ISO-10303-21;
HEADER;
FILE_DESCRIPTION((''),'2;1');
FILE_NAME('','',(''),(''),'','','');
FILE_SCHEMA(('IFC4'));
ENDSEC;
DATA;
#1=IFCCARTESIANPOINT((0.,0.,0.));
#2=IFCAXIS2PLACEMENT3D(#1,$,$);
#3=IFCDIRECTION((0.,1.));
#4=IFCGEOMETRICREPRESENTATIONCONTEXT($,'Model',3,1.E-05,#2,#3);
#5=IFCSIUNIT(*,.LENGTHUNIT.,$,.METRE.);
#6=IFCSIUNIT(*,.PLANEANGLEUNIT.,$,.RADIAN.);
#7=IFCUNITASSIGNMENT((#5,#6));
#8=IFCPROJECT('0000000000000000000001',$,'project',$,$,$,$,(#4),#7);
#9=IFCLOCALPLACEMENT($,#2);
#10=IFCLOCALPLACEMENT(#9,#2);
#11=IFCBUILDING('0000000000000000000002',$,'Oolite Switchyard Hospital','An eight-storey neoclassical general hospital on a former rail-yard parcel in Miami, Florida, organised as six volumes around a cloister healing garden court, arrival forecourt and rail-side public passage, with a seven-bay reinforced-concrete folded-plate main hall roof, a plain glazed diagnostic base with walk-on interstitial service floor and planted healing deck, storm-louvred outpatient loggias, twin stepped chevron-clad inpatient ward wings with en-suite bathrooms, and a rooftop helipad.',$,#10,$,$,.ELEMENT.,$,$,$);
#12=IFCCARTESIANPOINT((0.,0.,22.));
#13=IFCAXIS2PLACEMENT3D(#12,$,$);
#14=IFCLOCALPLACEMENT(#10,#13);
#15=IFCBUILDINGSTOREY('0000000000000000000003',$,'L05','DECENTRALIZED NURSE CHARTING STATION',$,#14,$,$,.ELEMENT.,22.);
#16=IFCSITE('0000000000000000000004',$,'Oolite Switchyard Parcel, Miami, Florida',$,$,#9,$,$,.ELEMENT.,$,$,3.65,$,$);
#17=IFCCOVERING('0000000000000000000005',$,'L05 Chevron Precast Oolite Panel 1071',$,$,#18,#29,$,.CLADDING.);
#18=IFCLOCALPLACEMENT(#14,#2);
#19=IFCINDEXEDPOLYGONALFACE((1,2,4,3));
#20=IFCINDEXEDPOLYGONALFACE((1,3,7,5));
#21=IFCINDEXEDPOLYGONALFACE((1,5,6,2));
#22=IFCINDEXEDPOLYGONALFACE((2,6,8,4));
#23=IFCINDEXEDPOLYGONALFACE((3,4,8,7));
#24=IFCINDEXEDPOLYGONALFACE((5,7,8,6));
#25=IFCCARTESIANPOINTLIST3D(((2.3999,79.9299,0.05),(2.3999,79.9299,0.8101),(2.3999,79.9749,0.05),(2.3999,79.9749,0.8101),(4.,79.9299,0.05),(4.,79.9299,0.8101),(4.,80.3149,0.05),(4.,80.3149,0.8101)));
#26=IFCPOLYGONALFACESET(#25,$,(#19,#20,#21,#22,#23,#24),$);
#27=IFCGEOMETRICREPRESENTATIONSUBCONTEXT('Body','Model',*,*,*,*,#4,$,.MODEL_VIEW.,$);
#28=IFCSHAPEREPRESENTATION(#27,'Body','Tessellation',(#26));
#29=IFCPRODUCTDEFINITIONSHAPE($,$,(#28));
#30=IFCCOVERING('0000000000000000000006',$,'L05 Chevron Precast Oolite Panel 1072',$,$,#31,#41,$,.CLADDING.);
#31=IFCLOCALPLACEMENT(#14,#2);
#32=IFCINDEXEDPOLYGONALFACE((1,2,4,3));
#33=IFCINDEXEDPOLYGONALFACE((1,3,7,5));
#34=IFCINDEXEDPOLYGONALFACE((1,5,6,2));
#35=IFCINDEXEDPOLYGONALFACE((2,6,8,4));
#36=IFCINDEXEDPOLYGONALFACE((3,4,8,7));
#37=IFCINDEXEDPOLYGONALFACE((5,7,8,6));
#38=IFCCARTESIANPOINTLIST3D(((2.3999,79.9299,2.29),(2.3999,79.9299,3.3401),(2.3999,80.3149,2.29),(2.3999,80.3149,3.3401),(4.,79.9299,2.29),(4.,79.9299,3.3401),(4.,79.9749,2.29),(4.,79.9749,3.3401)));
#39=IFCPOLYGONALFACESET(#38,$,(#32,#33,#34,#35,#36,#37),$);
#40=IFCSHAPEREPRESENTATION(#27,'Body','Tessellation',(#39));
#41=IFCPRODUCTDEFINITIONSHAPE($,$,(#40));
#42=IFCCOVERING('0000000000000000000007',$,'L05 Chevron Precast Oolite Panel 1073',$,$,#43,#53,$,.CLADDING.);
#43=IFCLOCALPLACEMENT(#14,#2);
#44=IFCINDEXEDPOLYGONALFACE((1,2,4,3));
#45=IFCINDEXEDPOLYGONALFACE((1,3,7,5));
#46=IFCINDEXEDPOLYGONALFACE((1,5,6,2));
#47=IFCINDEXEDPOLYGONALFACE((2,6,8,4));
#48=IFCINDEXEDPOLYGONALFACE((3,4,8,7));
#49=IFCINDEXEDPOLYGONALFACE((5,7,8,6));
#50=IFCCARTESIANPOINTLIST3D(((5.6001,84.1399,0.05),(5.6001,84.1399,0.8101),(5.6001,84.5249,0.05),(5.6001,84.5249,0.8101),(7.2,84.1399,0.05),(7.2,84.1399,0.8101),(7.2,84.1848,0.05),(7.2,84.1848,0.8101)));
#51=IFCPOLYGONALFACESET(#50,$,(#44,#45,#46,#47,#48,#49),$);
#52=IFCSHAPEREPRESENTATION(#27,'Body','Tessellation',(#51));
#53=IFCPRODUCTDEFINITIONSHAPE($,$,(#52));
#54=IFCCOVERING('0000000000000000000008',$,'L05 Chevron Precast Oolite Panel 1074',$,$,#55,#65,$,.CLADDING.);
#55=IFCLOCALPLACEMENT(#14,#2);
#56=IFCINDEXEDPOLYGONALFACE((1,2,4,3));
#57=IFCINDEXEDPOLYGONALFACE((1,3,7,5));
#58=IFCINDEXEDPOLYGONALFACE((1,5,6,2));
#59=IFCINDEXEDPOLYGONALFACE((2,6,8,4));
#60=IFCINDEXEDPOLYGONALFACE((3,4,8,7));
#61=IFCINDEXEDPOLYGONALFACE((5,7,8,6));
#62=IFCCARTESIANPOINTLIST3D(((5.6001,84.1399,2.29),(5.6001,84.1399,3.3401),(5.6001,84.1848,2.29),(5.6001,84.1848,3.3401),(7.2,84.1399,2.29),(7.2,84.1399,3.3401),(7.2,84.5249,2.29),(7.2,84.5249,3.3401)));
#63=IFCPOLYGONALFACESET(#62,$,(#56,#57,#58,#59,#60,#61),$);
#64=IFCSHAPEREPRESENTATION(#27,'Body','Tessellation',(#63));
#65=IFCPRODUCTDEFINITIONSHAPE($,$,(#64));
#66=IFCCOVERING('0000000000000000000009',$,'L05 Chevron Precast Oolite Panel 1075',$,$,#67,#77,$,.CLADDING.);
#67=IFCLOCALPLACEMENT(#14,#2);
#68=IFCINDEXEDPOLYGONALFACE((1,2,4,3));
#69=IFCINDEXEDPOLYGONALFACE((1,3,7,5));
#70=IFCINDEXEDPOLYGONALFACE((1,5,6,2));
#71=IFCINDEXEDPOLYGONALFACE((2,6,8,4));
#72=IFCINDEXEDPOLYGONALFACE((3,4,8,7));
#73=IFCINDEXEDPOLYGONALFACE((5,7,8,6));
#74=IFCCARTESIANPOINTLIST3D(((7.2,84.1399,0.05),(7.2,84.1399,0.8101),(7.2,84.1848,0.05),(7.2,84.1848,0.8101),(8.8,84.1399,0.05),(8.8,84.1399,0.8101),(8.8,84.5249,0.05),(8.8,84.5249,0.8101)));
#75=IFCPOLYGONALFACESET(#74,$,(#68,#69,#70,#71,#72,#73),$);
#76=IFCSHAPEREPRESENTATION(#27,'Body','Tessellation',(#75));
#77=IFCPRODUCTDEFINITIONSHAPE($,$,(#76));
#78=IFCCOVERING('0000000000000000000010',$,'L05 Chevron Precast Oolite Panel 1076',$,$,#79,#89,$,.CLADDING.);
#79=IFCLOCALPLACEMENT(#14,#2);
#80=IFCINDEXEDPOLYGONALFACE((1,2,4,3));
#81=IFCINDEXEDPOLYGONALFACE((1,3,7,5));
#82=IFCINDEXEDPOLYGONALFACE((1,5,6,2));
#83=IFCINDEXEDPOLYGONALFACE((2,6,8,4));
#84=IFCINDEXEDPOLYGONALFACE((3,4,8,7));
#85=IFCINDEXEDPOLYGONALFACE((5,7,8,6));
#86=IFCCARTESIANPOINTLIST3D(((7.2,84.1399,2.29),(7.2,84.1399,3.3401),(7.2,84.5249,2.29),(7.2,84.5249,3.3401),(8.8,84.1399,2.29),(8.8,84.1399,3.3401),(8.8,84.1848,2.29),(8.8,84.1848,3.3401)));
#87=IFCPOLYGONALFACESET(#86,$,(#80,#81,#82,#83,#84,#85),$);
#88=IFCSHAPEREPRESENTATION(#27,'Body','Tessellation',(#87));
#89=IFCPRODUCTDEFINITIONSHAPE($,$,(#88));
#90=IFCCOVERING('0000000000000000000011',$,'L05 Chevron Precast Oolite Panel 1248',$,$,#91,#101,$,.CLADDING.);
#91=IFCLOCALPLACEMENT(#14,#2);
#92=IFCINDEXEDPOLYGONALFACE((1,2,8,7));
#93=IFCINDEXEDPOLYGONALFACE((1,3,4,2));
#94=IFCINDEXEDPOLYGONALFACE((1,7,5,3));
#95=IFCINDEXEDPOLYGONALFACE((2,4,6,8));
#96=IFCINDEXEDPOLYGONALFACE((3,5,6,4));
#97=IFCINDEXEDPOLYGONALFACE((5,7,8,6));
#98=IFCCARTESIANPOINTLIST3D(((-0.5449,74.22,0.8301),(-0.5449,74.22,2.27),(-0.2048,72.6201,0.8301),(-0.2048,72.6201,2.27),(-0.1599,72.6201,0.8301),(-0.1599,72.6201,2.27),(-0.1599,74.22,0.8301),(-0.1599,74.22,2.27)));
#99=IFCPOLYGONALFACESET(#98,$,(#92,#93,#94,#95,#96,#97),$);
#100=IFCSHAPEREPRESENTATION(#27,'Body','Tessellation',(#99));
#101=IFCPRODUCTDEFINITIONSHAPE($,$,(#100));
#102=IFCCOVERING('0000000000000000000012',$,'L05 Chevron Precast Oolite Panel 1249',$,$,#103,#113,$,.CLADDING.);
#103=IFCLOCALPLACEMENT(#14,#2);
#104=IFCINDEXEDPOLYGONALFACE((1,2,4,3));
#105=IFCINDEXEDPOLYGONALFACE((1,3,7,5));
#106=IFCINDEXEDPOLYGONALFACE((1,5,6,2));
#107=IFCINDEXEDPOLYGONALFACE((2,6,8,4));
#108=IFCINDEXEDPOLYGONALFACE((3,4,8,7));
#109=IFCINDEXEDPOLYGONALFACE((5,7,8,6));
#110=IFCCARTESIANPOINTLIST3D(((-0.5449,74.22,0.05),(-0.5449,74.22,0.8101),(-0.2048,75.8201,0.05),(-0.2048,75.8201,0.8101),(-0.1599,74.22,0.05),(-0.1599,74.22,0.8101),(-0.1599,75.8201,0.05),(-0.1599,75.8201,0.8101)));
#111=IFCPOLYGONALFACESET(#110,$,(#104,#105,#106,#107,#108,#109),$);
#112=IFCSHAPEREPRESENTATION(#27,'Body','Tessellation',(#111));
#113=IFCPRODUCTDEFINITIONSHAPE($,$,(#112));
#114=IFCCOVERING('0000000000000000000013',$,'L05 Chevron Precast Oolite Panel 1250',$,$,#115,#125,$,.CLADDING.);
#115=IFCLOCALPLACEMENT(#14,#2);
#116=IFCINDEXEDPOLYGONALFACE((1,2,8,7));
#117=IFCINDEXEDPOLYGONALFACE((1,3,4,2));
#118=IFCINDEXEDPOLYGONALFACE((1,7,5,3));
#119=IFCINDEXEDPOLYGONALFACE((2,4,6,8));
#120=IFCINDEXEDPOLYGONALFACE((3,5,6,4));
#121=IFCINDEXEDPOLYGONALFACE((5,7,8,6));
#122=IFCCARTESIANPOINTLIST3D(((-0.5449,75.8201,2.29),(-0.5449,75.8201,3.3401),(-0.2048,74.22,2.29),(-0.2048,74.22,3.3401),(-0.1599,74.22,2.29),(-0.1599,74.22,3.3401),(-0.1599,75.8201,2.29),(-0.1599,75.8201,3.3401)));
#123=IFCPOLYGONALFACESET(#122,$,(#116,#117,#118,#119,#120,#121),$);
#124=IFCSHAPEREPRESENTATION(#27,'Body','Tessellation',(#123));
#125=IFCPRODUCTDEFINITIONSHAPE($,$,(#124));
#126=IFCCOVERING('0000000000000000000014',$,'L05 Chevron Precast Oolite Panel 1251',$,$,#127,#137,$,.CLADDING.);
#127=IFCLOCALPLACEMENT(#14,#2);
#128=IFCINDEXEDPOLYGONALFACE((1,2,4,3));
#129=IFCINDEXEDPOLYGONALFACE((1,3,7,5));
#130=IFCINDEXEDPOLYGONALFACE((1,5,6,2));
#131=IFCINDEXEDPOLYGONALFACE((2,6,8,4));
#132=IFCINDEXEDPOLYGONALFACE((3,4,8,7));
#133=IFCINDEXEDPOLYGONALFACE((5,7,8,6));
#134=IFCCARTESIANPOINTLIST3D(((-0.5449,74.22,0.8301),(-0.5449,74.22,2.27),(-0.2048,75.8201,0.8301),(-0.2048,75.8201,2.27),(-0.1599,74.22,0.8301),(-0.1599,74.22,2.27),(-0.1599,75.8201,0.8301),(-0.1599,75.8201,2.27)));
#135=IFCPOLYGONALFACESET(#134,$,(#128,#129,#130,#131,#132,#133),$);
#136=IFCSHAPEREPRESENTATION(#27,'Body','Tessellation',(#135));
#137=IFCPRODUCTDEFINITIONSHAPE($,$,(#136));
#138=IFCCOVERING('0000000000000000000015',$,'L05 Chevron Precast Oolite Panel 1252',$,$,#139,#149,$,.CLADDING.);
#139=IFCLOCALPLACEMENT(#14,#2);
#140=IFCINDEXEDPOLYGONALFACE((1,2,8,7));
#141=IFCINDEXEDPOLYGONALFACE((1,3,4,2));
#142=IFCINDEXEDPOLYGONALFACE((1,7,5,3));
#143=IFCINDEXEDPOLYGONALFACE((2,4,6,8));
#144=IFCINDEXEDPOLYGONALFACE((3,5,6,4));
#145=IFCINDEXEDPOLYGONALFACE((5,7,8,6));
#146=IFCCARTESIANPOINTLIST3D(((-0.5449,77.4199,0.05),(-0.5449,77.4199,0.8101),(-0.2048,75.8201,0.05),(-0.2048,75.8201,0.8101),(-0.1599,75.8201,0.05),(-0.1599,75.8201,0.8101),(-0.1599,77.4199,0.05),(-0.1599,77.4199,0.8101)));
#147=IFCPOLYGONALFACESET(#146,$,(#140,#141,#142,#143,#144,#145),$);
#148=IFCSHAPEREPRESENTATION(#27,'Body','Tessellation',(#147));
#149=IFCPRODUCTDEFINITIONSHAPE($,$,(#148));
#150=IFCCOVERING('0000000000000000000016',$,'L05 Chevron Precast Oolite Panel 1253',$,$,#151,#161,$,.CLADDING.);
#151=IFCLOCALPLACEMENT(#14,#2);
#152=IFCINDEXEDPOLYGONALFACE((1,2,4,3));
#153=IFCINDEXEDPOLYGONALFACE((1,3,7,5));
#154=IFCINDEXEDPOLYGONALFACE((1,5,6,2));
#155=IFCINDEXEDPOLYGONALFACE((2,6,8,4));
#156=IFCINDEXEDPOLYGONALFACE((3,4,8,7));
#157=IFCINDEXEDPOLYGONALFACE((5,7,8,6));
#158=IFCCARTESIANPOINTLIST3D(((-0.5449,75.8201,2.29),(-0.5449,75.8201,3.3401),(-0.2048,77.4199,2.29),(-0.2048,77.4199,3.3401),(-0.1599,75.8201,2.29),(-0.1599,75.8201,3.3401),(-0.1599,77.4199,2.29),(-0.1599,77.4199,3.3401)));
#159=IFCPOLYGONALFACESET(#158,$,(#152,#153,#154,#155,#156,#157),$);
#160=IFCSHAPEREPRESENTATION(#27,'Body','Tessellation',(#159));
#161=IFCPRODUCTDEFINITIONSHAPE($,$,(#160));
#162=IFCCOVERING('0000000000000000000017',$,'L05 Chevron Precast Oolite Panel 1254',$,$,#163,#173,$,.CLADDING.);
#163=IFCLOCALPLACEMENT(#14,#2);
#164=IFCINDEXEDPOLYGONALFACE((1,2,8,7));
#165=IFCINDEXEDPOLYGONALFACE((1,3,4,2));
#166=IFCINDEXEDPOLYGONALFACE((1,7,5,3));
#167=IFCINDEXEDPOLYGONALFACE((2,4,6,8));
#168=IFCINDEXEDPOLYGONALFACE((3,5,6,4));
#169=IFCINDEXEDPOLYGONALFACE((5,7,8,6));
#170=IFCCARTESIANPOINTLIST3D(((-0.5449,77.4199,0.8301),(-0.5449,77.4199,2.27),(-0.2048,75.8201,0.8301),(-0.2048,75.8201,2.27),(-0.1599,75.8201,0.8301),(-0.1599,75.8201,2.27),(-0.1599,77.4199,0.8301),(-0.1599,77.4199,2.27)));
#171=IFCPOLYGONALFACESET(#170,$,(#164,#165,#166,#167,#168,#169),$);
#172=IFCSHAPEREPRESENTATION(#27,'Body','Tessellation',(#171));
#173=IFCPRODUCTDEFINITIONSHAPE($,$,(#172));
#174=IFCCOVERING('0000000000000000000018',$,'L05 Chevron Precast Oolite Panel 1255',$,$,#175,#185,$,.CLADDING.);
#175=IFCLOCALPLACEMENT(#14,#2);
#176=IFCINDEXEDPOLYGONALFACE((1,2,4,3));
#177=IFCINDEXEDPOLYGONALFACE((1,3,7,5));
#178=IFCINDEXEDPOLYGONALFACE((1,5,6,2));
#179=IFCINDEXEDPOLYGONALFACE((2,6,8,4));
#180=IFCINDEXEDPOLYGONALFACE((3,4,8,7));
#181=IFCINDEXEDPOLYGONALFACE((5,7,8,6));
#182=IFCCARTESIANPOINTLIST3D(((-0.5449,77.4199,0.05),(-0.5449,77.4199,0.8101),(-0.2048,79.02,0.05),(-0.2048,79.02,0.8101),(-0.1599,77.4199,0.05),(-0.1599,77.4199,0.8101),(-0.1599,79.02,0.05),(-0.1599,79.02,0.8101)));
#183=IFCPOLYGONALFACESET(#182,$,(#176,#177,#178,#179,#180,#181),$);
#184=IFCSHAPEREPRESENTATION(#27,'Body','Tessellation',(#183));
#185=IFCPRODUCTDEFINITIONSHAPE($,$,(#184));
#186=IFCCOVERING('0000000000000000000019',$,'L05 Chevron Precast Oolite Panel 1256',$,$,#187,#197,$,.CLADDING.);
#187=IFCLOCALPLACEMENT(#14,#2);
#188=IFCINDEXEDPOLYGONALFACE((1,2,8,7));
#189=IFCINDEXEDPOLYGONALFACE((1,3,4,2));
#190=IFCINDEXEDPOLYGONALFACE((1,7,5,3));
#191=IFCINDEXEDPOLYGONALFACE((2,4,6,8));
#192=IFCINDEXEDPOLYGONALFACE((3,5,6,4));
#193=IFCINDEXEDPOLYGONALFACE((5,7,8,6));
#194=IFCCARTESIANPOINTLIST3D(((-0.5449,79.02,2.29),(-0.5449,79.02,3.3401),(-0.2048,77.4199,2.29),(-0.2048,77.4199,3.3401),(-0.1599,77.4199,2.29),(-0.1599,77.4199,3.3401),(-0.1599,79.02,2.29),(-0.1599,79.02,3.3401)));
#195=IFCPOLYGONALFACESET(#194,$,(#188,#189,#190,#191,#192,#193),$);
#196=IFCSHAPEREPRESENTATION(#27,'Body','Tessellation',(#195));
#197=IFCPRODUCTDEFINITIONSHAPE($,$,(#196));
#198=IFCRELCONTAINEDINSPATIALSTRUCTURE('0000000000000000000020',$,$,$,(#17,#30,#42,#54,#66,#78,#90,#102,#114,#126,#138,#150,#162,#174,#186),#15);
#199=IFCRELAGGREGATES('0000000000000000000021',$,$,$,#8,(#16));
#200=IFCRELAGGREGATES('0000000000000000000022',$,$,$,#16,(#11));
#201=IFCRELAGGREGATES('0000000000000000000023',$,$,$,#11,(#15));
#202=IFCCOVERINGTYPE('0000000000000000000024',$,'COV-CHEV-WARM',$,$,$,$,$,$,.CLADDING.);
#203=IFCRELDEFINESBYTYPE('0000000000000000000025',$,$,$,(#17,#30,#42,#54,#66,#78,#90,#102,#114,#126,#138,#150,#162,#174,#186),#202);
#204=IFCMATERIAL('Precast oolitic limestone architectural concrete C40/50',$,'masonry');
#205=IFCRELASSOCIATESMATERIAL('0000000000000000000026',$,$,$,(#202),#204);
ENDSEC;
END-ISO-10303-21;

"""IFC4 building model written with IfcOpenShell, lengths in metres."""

from ifc_helpers import new_model, si_unit, direction, frame, origin, place, context, subcontext, project, spatial, polyline, outline, extrude, material, type_object, element, save


model = new_model("IFC4")

# Units and contexts
model_context = context("Model", 3, precision=1e-05, world=origin(), true_north=direction((0.0, 1.0)))
body_context = subcontext(model_context, "Body", "Model", "MODEL_VIEW")
ifc_project = project(units=[si_unit("LENGTHUNIT", "METRE"), si_unit("PLANEANGLEUNIT", "RADIAN")], contexts=[model_context])

# Site, building, storey
site_placement = place(None, origin())
site = spatial("IfcSite", under=ifc_project, at=site_placement, Name="Oolite Switchyard Parcel, Miami, Florida", CompositionType="ELEMENT", RefElevation=3.65)
building_placement = place(site_placement, origin())
building = spatial("IfcBuilding", under=site, at=building_placement, Name="Oolite Switchyard Hospital", Description="An eight-storey neoclassical general hospital on a former rail-yard parcel in Miami, Florida, organised as six volumes around a cloister healing garden court, arrival forecourt and rail-side public passage, with a seven-bay reinforced-concrete folded-plate main hall roof, a plain glazed diagnostic base with walk-on interstitial service floor and planted healing deck, storm-louvred outpatient loggias, twin stepped chevron-clad inpatient ward wings with en-suite bathrooms, and a rooftop helipad.", CompositionType="ELEMENT")
storey_placement = place(building_placement, frame((0.0, 0.0, 22.0)))
storey = spatial("IfcBuildingStorey", under=building, at=storey_placement, Name="L05", Description="DECENTRALIZED NURSE CHARTING STATION", CompositionType="ELEMENT", Elevation=22.0)

# Shared definitions
ifc_material_1 = material(Name="Precast oolitic limestone architectural concrete C40/50", Category="masonry")

# Coverings
covering_type = type_object("IfcCoveringType", Name="COV-CHEV-WARM", PredefinedType="CLADDING", material=ifc_material_1)
covering_1_placement = place(storey_placement, frame((2.3999, 79.9299, 0.05), z_axis=(0.0, 0.0, 1.0), x_axis=(1.0, 0.0, 0.0)))
element("IfcCovering", 1, at=covering_1_placement, inside=storey, type_object=covering_type, Name="L05 Chevron Precast Oolite Panel 1071", PredefinedType="CLADDING", context=body_context, shape_type="SweptSolid", body=[
    extrude(outline(polyline([(0.0, 0.0), (1.6001, 0.0), (1.6001, 0.385), (0.0, 0.0449), (0.0, 0.0)])), origin(), (0.0, 0.0, 1.0), 0.76),
])
covering_2_placement = place(storey_placement, frame((2.3999, 79.9299, 2.29), z_axis=(0.0, 0.0, 1.0), x_axis=(1.0, 0.0, 0.0)))
element("IfcCovering", 2, at=covering_2_placement, inside=storey, type_object=covering_type, Name="L05 Chevron Precast Oolite Panel 1072", PredefinedType="CLADDING", context=body_context, shape_type="SweptSolid", body=[
    extrude(outline(polyline([(0.0, 0.0), (1.6001, 0.0), (1.6001, 0.0449), (0.0, 0.385), (0.0, 0.0)])), origin(), (0.0, 0.0, 1.0), 1.05),
])
covering_3_placement = place(storey_placement, frame((5.6001, 84.1399, 0.05), z_axis=(0.0, 0.0, 1.0), x_axis=(1.0, 0.0, 0.0)))
element("IfcCovering", 3, at=covering_3_placement, inside=storey, type_object=covering_type, Name="L05 Chevron Precast Oolite Panel 1073", PredefinedType="CLADDING", context=body_context, shape_type="SweptSolid", body=[
    extrude(outline(polyline([(0.0, 0.0), (1.5999, 0.0), (1.5999, 0.0449), (0.0, 0.385), (0.0, 0.0)])), origin(), (0.0, 0.0, 1.0), 0.76),
])
covering_4_placement = place(storey_placement, frame((5.6001, 84.1399, 2.29), z_axis=(0.0, 0.0, 1.0), x_axis=(1.0, 0.0, 0.0)))
element("IfcCovering", 4, at=covering_4_placement, inside=storey, type_object=covering_type, Name="L05 Chevron Precast Oolite Panel 1074", PredefinedType="CLADDING", context=body_context, shape_type="SweptSolid", body=[
    extrude(outline(polyline([(0.0, 0.0), (1.5999, 0.0), (1.5999, 0.385), (0.0, 0.0449), (0.0, 0.0)])), origin(), (0.0, 0.0, 1.0), 1.05),
])
covering_5_placement = place(storey_placement, frame((7.2, 84.1399, 0.05), z_axis=(0.0, 0.0, 1.0), x_axis=(1.0, 0.0, 0.0)))
element("IfcCovering", 5, at=covering_5_placement, inside=storey, type_object=covering_type, Name="L05 Chevron Precast Oolite Panel 1075", PredefinedType="CLADDING", context=body_context, shape_type="SweptSolid", body=[
    extrude(outline(polyline([(0.0, 0.0), (1.6001, 0.0), (1.6001, 0.385), (0.0, 0.0449), (0.0, 0.0)])), origin(), (0.0, 0.0, 1.0), 0.76),
])
covering_6_placement = place(storey_placement, frame((7.2, 84.1399, 2.29), z_axis=(0.0, 0.0, 1.0), x_axis=(1.0, 0.0, 0.0)))
element("IfcCovering", 6, at=covering_6_placement, inside=storey, type_object=covering_type, Name="L05 Chevron Precast Oolite Panel 1076", PredefinedType="CLADDING", context=body_context, shape_type="SweptSolid", body=[
    extrude(outline(polyline([(0.0, 0.0), (1.6001, 0.0), (1.6001, 0.0449), (0.0, 0.385), (0.0, 0.0)])), origin(), (0.0, 0.0, 1.0), 1.05),
])
covering_7_placement = place(storey_placement, frame((-0.1599, 72.6201, 0.8301), z_axis=(0.0, 0.0, 1.0), x_axis=(0.0, 1.0, 0.0)))
element("IfcCovering", 7, at=covering_7_placement, inside=storey, type_object=covering_type, Name="L05 Chevron Precast Oolite Panel 1248", PredefinedType="CLADDING", context=body_context, shape_type="SweptSolid", body=[
    extrude(outline(polyline([(0.0, 0.0), (1.5999, 0.0), (1.5999, 0.385), (0.0, 0.0449), (0.0, 0.0)])), origin(), (0.0, 0.0, 1.0), 1.4399),
])
covering_8_placement = place(storey_placement, frame((-0.1599, 74.22, 0.05), z_axis=(0.0, 0.0, 1.0), x_axis=(0.0, 1.0, 0.0)))
element("IfcCovering", 8, at=covering_8_placement, inside=storey, type_object=covering_type, Name="L05 Chevron Precast Oolite Panel 1249", PredefinedType="CLADDING", context=body_context, shape_type="SweptSolid", body=[
    extrude(outline(polyline([(0.0, 0.0), (1.6001, 0.0), (1.6001, 0.0449), (0.0, 0.385), (0.0, 0.0)])), origin(), (0.0, 0.0, 1.0), 0.76),
])
covering_9_placement = place(storey_placement, frame((-0.1599, 74.22, 2.29), z_axis=(0.0, 0.0, 1.0), x_axis=(0.0, 1.0, 0.0)))
element("IfcCovering", 9, at=covering_9_placement, inside=storey, type_object=covering_type, Name="L05 Chevron Precast Oolite Panel 1250", PredefinedType="CLADDING", context=body_context, shape_type="SweptSolid", body=[
    extrude(outline(polyline([(0.0, 0.0), (1.6001, 0.0), (1.6001, 0.385), (0.0, 0.0449), (0.0, 0.0)])), origin(), (0.0, 0.0, 1.0), 1.05),
])
covering_10_placement = place(storey_placement, frame((-0.1599, 74.22, 0.8301), z_axis=(0.0, 0.0, 1.0), x_axis=(0.0, 1.0, 0.0)))
element("IfcCovering", 10, at=covering_10_placement, inside=storey, type_object=covering_type, Name="L05 Chevron Precast Oolite Panel 1251", PredefinedType="CLADDING", context=body_context, shape_type="SweptSolid", body=[
    extrude(outline(polyline([(0.0, 0.0), (1.6001, 0.0), (1.6001, 0.0449), (0.0, 0.385), (0.0, 0.0)])), origin(), (0.0, 0.0, 1.0), 1.4399),
])
covering_11_placement = place(storey_placement, frame((-0.1599, 75.8201, 0.05), z_axis=(0.0, 0.0, 1.0), x_axis=(0.0, 1.0, 0.0)))
element("IfcCovering", 11, at=covering_11_placement, inside=storey, type_object=covering_type, Name="L05 Chevron Precast Oolite Panel 1252", PredefinedType="CLADDING", context=body_context, shape_type="SweptSolid", body=[
    extrude(outline(polyline([(0.0, 0.0), (1.5999, 0.0), (1.5999, 0.385), (0.0, 0.0449), (0.0, 0.0)])), origin(), (0.0, 0.0, 1.0), 0.76),
])
covering_12_placement = place(storey_placement, frame((-0.1599, 75.8201, 2.29), z_axis=(0.0, 0.0, 1.0), x_axis=(0.0, 1.0, 0.0)))
element("IfcCovering", 12, at=covering_12_placement, inside=storey, type_object=covering_type, Name="L05 Chevron Precast Oolite Panel 1253", PredefinedType="CLADDING", context=body_context, shape_type="SweptSolid", body=[
    extrude(outline(polyline([(0.0, 0.0), (1.5999, 0.0), (1.5999, 0.0449), (0.0, 0.385), (0.0, 0.0)])), origin(), (0.0, 0.0, 1.0), 1.05),
])
covering_13_placement = place(storey_placement, frame((-0.1599, 75.8201, 0.8301), z_axis=(0.0, 0.0, 1.0), x_axis=(0.0, 1.0, 0.0)))
element("IfcCovering", 13, at=covering_13_placement, inside=storey, type_object=covering_type, Name="L05 Chevron Precast Oolite Panel 1254", PredefinedType="CLADDING", context=body_context, shape_type="SweptSolid", body=[
    extrude(outline(polyline([(0.0, 0.0), (1.5999, 0.0), (1.5999, 0.385), (0.0, 0.0449), (0.0, 0.0)])), origin(), (0.0, 0.0, 1.0), 1.4399),
])
covering_14_placement = place(storey_placement, frame((-0.1599, 77.4199, 0.05), z_axis=(0.0, 0.0, 1.0), x_axis=(0.0, 1.0, 0.0)))
element("IfcCovering", 14, at=covering_14_placement, inside=storey, type_object=covering_type, Name="L05 Chevron Precast Oolite Panel 1255", PredefinedType="CLADDING", context=body_context, shape_type="SweptSolid", body=[
    extrude(outline(polyline([(0.0, 0.0), (1.6001, 0.0), (1.6001, 0.0449), (0.0, 0.385), (0.0, 0.0)])), origin(), (0.0, 0.0, 1.0), 0.76),
])
covering_15_placement = place(storey_placement, frame((-0.1599, 77.4199, 2.29), z_axis=(0.0, 0.0, 1.0), x_axis=(0.0, 1.0, 0.0)))
element("IfcCovering", 15, at=covering_15_placement, inside=storey, type_object=covering_type, Name="L05 Chevron Precast Oolite Panel 1256", PredefinedType="CLADDING", context=body_context, shape_type="SweptSolid", body=[
    extrude(outline(polyline([(0.0, 0.0), (1.6001, 0.0), (1.6001, 0.385), (0.0, 0.0449), (0.0, 0.0)])), origin(), (0.0, 0.0, 1.0), 1.05),
])

save(model, "model.ifc")
